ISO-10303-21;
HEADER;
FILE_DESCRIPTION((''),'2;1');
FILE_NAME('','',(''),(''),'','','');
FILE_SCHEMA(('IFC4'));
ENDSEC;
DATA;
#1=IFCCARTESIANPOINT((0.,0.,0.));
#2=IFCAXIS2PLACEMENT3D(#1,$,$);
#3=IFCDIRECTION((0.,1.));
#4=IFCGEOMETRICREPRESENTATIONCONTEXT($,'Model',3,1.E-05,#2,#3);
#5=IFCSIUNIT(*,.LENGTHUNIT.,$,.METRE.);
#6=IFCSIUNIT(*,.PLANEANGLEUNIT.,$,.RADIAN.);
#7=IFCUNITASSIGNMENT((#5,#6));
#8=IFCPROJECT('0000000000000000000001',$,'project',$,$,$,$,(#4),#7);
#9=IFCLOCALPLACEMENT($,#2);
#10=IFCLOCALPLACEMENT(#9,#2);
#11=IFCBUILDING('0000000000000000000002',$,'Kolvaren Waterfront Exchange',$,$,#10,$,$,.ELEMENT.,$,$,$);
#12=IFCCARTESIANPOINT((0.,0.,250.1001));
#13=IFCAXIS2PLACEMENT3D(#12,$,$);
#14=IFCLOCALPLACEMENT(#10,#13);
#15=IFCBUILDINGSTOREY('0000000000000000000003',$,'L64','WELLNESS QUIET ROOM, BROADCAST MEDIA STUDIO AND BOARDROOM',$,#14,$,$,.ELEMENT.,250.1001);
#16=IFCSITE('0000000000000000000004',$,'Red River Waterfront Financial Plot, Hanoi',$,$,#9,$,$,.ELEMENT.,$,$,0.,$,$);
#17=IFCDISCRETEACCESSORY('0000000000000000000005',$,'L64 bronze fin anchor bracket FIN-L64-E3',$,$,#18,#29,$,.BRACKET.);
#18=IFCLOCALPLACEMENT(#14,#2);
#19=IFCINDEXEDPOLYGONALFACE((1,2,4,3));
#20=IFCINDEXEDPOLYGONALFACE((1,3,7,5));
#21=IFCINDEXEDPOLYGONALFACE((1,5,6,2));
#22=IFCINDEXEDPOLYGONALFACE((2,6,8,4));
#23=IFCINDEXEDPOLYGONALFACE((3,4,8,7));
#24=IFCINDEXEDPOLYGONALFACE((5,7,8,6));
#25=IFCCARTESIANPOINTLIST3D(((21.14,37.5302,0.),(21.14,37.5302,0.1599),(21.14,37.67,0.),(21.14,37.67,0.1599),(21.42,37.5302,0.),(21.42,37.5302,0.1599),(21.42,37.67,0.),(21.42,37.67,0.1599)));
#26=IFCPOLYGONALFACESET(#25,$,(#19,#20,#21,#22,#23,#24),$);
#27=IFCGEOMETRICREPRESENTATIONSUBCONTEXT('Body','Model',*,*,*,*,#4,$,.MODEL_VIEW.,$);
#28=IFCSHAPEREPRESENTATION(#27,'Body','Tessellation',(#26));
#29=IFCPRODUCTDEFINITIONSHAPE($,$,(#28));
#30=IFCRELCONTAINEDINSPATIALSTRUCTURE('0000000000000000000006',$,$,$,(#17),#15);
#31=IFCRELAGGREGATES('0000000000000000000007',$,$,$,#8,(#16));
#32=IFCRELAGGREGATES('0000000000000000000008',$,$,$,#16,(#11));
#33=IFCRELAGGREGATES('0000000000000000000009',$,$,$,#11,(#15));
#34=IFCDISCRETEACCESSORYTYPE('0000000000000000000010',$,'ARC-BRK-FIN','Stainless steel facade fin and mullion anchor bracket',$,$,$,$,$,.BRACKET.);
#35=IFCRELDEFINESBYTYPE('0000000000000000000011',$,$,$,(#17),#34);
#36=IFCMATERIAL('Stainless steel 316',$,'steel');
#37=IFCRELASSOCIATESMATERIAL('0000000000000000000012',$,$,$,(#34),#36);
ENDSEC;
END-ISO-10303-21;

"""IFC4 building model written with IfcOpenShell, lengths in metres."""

from ifc_helpers import new_model, si_unit, direction, frame, origin, origin_with_axes, origin_2d, place, context, subcontext, project, spatial, rectangle, extrude, source, transform, mapped, material, type_object, element, save


model = new_model("IFC4")

# Units and contexts
model_context = context("Model", 3, precision=1e-05, world=origin(), true_north=direction((0.0, 1.0)))
body_context = subcontext(model_context, "Body", "Model", "MODEL_VIEW")
ifc_project = project(units=[si_unit("LENGTHUNIT", "METRE"), si_unit("PLANEANGLEUNIT", "RADIAN")], contexts=[model_context])

# Site, building, storey
site_placement = place(None, origin())
site = spatial("IfcSite", under=ifc_project, at=site_placement, Name="Red River Waterfront Financial Plot, Hanoi", CompositionType="ELEMENT", RefElevation=0.0)
building_placement = place(site_placement, origin())
building = spatial("IfcBuilding", under=site, at=building_placement, Name="Kolvaren Waterfront Exchange", CompositionType="ELEMENT")
storey_placement = place(building_placement, frame((0.0, 0.0, 250.1001)))
storey = spatial("IfcBuildingStorey", under=building, at=storey_placement, Name="L64", Description="WELLNESS QUIET ROOM, BROADCAST MEDIA STUDIO AND BOARDROOM", CompositionType="ELEMENT", Elevation=250.1001)

# Shared definitions
ifc_material_1 = material(Name="Stainless steel 316", Category="steel")

# Discrete accessory
discrete_accessory_type = type_object("IfcDiscreteAccessoryType", Name="ARC-BRK-FIN", Description="Stainless steel facade fin and mullion anchor bracket", PredefinedType="BRACKET", material=ifc_material_1)
shared_shape_1 = source(origin_with_axes(), body_context, "Body", "SweptSolid", [
    extrude(rectangle(XDim=0.28, YDim=0.1399, at=origin_2d()), origin(), (0.0, 0.0, 1.0), 0.1599),
])
for number, where, z_axis, x_axis, name in (
    (1, (21.28, 37.6001, 0.0), (0.0, 0.0, 1.0), (1.0, 0.0, 0.0), "L64 bronze fin anchor bracket FIN-L64-E3"),
):
    element("IfcDiscreteAccessory", number, at=place(storey_placement, frame(where, z_axis=z_axis, x_axis=x_axis)), inside=storey, type_object=discrete_accessory_type, Name=name, PredefinedType="BRACKET", context=body_context, shape_type="MappedRepresentation", body=[
        mapped(shared_shape_1, transform((0.0, 0.0, 0.0), x_axis=(1.0, 0.0, 0.0), y_axis=(0.0, 1.0, 0.0), z_axis=(0.0, 0.0, 1.0), scale=1.0)),
    ])

save(model, "model.ifc")
